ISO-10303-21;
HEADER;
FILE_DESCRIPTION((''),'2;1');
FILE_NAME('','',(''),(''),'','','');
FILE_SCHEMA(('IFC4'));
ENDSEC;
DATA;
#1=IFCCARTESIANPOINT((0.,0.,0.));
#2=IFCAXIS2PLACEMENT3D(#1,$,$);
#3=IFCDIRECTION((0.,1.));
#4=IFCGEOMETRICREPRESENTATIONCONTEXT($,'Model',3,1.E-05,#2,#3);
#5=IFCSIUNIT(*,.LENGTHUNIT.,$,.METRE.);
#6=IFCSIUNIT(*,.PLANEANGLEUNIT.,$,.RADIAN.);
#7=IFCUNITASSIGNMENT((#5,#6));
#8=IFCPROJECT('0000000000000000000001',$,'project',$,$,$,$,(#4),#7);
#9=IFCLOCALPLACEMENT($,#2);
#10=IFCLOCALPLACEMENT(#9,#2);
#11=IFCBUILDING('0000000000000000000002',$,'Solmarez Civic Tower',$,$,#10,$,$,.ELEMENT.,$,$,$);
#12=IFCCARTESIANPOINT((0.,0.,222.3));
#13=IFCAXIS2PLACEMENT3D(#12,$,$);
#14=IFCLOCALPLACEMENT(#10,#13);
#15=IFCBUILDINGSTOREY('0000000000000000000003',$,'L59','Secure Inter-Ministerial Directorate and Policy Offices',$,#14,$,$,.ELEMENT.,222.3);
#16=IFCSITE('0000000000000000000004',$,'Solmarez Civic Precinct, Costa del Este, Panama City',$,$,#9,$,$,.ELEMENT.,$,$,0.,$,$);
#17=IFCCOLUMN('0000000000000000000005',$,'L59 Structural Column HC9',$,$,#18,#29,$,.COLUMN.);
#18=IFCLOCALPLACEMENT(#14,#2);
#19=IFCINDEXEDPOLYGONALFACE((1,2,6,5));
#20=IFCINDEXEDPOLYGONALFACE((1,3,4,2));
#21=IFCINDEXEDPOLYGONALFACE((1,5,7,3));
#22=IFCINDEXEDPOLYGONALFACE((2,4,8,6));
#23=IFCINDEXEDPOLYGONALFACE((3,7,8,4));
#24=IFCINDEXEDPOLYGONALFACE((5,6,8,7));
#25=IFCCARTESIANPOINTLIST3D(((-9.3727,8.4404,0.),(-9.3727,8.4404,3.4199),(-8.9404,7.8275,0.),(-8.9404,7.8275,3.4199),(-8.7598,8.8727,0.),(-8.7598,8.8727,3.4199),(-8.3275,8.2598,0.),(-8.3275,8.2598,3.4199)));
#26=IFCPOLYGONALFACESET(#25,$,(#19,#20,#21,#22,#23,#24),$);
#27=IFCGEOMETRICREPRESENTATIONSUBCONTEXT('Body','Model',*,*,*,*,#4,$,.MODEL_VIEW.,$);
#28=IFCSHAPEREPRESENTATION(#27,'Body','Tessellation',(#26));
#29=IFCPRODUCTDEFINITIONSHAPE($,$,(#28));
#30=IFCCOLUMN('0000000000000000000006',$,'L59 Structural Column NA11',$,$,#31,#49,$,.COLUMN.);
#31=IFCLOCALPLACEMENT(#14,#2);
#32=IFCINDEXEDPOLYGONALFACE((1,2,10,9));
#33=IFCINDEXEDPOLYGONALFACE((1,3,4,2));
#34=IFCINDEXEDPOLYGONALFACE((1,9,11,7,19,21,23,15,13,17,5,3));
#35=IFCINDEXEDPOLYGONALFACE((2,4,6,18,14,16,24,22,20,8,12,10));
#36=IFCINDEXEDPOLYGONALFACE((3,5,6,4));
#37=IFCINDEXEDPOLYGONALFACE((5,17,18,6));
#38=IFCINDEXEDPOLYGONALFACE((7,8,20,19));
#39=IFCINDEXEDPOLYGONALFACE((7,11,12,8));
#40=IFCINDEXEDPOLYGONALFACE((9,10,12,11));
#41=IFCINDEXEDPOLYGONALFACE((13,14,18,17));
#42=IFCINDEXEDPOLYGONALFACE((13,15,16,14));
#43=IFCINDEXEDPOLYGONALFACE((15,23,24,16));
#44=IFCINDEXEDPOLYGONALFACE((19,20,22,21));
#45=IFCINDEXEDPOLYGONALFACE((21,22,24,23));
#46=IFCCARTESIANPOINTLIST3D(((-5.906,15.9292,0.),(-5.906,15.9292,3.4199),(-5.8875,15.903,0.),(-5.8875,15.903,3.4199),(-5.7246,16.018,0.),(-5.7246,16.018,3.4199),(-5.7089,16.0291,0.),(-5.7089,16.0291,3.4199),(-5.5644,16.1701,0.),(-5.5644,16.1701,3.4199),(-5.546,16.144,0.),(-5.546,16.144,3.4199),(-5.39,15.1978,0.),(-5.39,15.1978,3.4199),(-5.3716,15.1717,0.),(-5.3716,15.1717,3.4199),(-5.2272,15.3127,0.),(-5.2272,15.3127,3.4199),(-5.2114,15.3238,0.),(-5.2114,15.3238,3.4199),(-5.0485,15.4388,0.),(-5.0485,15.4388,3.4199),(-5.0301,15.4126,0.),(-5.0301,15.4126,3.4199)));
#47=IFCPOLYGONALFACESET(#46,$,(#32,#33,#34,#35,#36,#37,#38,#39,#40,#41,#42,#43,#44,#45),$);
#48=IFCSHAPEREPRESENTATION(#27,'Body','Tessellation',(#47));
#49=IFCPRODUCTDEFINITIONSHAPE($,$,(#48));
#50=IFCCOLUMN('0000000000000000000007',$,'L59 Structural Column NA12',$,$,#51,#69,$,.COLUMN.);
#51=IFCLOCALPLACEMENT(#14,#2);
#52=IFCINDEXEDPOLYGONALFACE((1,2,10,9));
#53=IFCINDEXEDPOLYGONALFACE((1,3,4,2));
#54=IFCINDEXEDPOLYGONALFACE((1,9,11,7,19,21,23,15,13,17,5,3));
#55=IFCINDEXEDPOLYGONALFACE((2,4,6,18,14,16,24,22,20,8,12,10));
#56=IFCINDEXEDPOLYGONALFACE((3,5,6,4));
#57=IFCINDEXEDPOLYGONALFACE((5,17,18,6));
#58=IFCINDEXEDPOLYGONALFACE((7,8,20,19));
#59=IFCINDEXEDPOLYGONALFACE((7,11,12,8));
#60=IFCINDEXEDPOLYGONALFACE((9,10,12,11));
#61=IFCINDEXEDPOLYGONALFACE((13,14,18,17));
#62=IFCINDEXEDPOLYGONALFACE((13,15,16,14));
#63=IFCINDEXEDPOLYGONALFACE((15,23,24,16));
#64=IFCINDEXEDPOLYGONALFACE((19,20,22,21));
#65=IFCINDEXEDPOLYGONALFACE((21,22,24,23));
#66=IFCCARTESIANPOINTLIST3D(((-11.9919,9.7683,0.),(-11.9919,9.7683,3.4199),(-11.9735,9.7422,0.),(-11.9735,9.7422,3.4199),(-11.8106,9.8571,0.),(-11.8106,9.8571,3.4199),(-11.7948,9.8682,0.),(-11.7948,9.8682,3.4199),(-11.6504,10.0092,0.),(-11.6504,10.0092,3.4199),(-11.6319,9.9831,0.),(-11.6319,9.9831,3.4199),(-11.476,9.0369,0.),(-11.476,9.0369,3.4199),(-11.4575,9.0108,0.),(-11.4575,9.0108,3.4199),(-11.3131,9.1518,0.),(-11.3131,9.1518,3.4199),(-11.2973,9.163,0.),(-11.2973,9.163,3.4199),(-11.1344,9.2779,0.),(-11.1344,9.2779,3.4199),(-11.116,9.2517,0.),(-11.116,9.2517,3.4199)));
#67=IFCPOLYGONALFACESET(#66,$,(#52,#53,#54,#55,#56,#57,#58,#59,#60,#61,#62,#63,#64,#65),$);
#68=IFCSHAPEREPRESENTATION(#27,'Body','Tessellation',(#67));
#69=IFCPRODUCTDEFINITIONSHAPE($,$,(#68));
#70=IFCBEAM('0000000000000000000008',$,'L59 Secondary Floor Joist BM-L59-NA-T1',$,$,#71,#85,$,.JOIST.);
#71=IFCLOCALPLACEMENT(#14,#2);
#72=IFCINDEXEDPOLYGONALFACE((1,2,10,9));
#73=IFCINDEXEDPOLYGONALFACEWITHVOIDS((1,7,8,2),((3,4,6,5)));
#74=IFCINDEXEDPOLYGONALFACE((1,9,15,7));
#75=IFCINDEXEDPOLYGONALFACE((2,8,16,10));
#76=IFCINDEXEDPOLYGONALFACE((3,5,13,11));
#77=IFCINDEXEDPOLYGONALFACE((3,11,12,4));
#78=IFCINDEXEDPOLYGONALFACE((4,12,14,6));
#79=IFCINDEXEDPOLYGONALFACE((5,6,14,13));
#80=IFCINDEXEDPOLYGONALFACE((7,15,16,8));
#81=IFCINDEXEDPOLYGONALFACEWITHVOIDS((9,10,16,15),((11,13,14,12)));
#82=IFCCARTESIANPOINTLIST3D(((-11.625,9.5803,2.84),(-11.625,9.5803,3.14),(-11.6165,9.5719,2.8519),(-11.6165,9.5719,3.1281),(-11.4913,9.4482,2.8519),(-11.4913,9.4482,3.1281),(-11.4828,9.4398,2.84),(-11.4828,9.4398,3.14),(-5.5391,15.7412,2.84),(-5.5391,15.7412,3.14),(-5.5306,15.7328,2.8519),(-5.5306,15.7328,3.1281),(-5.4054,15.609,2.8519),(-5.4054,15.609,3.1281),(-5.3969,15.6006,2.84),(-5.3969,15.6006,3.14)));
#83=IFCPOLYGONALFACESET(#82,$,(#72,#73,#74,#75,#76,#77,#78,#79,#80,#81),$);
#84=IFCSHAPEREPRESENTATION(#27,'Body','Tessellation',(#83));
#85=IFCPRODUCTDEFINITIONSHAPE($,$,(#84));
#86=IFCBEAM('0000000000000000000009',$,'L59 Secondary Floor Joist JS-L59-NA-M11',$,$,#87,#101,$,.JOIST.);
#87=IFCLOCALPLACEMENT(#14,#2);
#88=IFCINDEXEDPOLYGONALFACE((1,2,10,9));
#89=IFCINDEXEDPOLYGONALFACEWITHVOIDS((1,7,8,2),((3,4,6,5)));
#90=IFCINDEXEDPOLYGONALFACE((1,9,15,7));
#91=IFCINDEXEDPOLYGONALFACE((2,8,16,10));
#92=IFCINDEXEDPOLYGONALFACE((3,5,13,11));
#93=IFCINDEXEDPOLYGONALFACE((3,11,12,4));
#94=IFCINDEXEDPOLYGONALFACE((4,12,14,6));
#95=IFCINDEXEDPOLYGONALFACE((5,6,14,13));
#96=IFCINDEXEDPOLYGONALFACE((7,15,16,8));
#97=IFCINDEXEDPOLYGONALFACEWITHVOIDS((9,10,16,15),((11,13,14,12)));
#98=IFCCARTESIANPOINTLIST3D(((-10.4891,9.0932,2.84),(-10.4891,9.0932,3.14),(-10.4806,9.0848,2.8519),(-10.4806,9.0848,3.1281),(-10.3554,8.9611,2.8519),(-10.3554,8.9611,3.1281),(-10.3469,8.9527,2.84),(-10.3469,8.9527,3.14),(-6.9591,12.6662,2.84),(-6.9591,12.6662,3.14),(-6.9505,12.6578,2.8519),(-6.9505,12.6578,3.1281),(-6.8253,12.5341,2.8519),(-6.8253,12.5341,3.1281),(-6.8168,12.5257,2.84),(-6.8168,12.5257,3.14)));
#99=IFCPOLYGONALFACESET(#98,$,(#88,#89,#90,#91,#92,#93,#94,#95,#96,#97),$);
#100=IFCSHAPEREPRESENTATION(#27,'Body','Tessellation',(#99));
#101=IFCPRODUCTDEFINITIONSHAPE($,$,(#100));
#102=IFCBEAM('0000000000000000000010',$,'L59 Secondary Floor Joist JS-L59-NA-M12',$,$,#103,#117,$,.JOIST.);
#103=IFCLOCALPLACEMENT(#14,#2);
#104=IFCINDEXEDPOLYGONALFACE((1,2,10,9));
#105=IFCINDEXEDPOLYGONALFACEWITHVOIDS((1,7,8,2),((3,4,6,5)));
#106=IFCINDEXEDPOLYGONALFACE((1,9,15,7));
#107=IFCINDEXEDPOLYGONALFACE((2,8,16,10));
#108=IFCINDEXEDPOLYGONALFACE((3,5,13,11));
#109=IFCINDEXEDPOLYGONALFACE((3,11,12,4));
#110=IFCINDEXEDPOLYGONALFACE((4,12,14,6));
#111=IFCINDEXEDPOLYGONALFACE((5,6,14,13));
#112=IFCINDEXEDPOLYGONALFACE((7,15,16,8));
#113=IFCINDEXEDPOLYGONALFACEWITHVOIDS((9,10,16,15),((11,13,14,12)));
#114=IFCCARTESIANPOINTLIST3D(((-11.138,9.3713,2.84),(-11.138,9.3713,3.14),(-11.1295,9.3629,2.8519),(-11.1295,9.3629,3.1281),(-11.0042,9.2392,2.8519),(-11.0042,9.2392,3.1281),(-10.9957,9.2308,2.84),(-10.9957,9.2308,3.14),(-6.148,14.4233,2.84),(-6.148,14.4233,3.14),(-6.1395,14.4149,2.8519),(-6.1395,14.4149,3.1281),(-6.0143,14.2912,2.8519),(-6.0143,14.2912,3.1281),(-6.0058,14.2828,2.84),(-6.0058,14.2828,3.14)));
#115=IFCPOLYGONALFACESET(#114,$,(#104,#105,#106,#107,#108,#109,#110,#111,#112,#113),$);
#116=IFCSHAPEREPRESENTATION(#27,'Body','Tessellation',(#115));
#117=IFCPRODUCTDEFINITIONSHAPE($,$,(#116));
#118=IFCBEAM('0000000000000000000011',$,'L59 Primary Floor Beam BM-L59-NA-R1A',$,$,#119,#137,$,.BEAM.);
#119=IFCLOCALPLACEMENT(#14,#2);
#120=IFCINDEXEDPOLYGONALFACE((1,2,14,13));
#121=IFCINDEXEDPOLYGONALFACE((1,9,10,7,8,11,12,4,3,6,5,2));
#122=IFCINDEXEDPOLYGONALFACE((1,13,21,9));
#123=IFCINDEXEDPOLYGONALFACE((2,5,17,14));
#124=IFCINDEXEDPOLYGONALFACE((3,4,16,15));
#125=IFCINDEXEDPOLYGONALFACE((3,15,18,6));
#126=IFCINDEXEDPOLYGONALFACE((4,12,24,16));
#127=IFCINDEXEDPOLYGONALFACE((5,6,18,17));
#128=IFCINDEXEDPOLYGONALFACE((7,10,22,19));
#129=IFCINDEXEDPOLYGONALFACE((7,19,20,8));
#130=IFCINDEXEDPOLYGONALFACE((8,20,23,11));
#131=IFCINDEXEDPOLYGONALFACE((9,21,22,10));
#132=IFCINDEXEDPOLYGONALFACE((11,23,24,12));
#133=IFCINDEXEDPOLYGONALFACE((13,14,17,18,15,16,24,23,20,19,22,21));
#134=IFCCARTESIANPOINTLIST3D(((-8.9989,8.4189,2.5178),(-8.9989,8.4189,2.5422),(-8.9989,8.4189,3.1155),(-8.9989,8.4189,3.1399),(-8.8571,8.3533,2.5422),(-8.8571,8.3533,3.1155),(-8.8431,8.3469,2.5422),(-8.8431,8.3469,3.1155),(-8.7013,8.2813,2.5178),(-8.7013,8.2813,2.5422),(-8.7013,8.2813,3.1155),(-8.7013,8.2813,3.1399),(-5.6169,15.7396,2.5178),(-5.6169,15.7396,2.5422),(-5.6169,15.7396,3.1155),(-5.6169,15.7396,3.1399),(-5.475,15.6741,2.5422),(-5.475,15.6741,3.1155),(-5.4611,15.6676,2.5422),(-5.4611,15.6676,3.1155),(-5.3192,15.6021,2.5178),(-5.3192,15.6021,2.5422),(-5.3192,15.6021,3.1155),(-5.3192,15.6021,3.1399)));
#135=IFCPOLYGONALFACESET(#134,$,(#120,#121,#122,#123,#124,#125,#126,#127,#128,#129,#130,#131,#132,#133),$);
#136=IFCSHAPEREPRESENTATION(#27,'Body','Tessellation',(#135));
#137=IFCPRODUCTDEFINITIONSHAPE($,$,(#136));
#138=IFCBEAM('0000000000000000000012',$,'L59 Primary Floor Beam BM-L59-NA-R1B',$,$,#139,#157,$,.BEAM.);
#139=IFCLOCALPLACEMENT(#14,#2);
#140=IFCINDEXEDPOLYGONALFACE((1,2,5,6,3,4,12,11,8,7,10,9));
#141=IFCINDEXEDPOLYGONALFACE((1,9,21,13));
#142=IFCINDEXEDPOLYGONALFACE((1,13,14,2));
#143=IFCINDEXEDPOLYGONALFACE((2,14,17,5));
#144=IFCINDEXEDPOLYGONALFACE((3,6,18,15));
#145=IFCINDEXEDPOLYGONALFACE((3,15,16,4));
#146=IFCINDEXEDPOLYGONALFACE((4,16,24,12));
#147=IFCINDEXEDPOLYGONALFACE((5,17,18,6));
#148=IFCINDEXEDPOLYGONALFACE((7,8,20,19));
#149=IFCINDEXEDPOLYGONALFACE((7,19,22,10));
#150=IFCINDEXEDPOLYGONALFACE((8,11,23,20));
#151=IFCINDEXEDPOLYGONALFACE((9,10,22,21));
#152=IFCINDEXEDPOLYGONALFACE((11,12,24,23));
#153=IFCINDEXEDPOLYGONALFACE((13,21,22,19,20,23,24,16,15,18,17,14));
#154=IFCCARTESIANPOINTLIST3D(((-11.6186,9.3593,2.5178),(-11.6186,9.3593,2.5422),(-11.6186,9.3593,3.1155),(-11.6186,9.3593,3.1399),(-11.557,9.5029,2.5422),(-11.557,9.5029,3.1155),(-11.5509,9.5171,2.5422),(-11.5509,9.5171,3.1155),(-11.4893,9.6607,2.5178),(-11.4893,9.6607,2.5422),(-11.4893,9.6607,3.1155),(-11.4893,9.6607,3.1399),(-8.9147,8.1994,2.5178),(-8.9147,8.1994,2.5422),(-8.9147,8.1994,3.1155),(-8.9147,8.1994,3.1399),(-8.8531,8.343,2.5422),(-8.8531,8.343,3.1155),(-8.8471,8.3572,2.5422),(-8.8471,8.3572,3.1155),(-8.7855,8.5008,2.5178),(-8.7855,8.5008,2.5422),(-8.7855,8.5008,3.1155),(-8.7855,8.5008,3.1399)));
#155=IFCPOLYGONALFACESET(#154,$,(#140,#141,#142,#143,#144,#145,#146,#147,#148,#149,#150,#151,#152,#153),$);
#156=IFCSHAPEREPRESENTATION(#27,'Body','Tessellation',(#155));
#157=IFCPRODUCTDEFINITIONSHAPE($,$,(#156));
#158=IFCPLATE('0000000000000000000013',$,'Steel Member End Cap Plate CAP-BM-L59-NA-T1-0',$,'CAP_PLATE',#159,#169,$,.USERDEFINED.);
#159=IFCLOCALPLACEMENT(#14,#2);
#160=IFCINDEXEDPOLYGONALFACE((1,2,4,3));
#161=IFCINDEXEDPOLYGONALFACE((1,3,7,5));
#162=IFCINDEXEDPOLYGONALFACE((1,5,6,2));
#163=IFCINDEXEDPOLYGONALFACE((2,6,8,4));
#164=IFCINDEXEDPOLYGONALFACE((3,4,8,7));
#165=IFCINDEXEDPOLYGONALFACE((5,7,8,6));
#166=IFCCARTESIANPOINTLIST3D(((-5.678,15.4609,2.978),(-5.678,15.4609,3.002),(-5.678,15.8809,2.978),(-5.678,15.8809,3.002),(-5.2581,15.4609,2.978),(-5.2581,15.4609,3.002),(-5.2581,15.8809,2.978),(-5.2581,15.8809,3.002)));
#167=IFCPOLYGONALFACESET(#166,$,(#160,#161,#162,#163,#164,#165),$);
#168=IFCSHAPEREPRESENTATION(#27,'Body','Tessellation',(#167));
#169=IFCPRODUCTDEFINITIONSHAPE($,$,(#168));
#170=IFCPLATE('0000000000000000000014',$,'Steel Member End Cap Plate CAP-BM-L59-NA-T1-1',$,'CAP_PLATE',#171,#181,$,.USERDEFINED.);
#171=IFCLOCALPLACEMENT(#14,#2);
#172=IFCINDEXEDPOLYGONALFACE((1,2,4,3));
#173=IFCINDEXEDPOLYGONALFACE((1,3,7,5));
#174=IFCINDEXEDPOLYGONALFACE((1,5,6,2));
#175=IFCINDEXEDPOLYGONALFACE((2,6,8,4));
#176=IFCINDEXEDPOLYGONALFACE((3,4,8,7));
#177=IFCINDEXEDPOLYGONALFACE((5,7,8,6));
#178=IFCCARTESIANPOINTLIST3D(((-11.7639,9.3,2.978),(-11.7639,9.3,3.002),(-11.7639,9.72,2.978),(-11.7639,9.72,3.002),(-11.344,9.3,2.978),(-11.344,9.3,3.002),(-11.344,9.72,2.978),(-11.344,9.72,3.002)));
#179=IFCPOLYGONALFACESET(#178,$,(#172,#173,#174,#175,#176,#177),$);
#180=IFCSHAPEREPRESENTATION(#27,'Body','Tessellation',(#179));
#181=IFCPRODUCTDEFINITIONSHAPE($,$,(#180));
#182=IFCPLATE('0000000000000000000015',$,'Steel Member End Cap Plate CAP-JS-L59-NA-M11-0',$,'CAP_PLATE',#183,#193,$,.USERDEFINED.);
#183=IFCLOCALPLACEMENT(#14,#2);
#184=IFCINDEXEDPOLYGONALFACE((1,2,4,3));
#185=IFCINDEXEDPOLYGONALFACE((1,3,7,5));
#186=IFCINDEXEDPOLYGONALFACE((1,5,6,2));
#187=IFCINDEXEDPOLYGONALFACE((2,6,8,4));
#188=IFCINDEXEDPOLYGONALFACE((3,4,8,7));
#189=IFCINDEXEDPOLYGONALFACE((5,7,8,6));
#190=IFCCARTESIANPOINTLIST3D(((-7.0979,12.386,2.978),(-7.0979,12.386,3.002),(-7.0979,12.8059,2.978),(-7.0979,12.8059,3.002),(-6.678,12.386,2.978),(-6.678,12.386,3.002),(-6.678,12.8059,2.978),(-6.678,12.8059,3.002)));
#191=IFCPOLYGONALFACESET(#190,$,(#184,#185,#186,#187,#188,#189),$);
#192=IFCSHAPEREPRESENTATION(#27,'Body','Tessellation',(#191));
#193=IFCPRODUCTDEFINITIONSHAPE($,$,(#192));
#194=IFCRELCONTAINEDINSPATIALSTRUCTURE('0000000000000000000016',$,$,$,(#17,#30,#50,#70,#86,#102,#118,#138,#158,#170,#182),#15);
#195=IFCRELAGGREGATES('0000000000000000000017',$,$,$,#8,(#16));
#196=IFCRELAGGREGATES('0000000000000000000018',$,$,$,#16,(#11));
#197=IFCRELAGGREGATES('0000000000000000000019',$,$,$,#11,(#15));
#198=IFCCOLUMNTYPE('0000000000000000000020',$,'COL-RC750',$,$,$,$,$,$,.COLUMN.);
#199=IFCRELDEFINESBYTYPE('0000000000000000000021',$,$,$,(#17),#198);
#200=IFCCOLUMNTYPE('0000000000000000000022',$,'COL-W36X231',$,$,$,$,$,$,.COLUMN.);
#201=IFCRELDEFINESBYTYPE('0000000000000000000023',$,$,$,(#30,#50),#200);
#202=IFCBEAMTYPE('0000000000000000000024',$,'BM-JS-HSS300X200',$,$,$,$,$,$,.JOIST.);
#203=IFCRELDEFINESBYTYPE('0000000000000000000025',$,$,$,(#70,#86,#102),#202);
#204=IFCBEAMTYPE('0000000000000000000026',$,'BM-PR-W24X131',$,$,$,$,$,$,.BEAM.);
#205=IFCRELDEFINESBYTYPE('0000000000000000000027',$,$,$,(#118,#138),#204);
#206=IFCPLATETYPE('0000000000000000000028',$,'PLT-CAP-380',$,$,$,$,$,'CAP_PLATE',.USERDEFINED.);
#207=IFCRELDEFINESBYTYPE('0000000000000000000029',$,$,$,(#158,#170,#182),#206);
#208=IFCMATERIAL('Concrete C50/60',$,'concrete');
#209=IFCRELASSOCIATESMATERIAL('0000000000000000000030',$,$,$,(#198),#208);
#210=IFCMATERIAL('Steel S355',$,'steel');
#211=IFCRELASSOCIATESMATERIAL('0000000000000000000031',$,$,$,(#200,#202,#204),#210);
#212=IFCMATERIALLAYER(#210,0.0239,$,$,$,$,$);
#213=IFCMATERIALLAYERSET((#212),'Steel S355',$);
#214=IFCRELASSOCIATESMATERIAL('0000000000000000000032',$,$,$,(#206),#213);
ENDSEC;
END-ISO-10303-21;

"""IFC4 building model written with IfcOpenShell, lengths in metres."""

from ifc_helpers import new_model, si_unit, direction, frame, origin, origin_2d, place, context, subcontext, project, spatial, rectangle, hollow_rectangle, i_section, extrude, material, layer, layer_set, material_profile, profile_set, type_object, element, save


model = new_model("IFC4")

# Units and contexts
model_context = context("Model", 3, precision=1e-05, world=origin(), true_north=direction((0.0, 1.0)))
body_context = subcontext(model_context, "Body", "Model", "MODEL_VIEW")
ifc_project = project(units=[si_unit("LENGTHUNIT", "METRE"), si_unit("PLANEANGLEUNIT", "RADIAN")], contexts=[model_context])

# Site, building, storey
site_placement = place(None, origin())
site = spatial("IfcSite", under=ifc_project, at=site_placement, Name="Solmarez Civic Precinct, Costa del Este, Panama City", CompositionType="ELEMENT", RefElevation=0.0)
building_placement = place(site_placement, origin())
building = spatial("IfcBuilding", under=site, at=building_placement, Name="Solmarez Civic Tower", CompositionType="ELEMENT")
storey_placement = place(building_placement, frame((0.0, 0.0, 222.3)))
storey = spatial("IfcBuildingStorey", under=building, at=storey_placement, Name="L59", Description="Secure Inter-Ministerial Directorate and Policy Offices", CompositionType="ELEMENT", Elevation=222.3)

# Columns
ifc_material_1 = material(Name="Concrete C50/60", Category="concrete")
ifc_material_profile_1 = material_profile(ifc_material_1, rectangle(XDim=0.75, YDim=0.75, at=origin_2d()), Name="RC750X750")
ifc_profile_set_1 = profile_set([ifc_material_profile_1], Name="Concrete C50/60")
column_type_1 = type_object("IfcColumnType", Name="COL-RC750", PredefinedType="COLUMN", material=ifc_profile_set_1)
column_placement = place(storey_placement, frame((-8.8501, 8.3501, 0.0), z_axis=(0.0, 0.0, 1.0), x_axis=(0.817145, 0.576432, 0.0)))
element("IfcColumn", 1, at=column_placement, inside=storey, type_object=column_type_1, Name="L59 Structural Column HC9", PredefinedType="COLUMN", context=body_context, shape_type="SweptSolid", body=[
    extrude(rectangle(XDim=0.75, YDim=0.75, at=origin_2d()), origin(), (0.0, 0.0, 1.0), 3.4199),
])
ifc_material_2 = material(Name="Steel S355", Category="steel")
ifc_material_profile_2 = material_profile(ifc_material_2, i_section(OverallWidth=0.418, OverallDepth=0.927, WebThickness=0.0193, FlangeThickness=0.032, at=origin_2d()), Name="W36X231")
ifc_profile_set_2 = profile_set([ifc_material_profile_2], Name="Steel S355")
column_type_2 = type_object("IfcColumnType", Name="COL-W36X231", PredefinedType="COLUMN", material=ifc_profile_set_2)
for number, where, z_axis, x_axis, name in (
    (2, (-5.468, 15.6709, 0.0), (0.0, 0.0, 1.0), (0.817145, 0.576432, 0.0), "L59 Structural Column NA11"),
    (3, (-11.554, 9.51, 0.0), (0.0, 0.0, 1.0), (0.817145, 0.576432, 0.0), "L59 Structural Column NA12"),
):
    element("IfcColumn", number, at=place(storey_placement, frame(where, z_axis=z_axis, x_axis=x_axis)), inside=storey, type_object=column_type_2, Name=name, PredefinedType="COLUMN", context=body_context, shape_type="SweptSolid", body=[
        extrude(i_section(OverallWidth=0.418, OverallDepth=0.927, WebThickness=0.0193, FlangeThickness=0.032, at=origin_2d()), origin(), (0.0, 0.0, 1.0), 3.4199),
    ])

# Beams
ifc_material_profile_3 = material_profile(ifc_material_2, hollow_rectangle(XDim=0.2, YDim=0.3, WallThickness=0.012, at=origin_2d()), Name="HSS300X200X12")
ifc_profile_set_3 = profile_set([ifc_material_profile_3], Name="Steel S355")
beam_type_1 = type_object("IfcBeamType", Name="BM-JS-HSS300X200", PredefinedType="JOIST", material=ifc_profile_set_3)
beam_1_placement = place(storey_placement, frame((-5.468, 15.6709, 2.99), z_axis=(-0.702766, -0.711421, 0.0), x_axis=(0.711421, -0.702766, 0.0)))
element("IfcBeam", 4, at=beam_1_placement, inside=storey, type_object=beam_type_1, Name="L59 Secondary Floor Joist BM-L59-NA-T1", PredefinedType="JOIST", context=body_context, shape_type="SweptSolid", body=[
    extrude(hollow_rectangle(XDim=0.2, YDim=0.3, WallThickness=0.012, at=origin_2d()), origin(), (0.0, 0.0, 1.0), 8.6599),
])
beam_2_placement = place(storey_placement, frame((-6.8879, 12.5959, 2.99), z_axis=(-0.702816, -0.711371, 0.0), x_axis=(0.711371, -0.702816, 0.0)))
element("IfcBeam", 5, at=beam_2_placement, inside=storey, type_object=beam_type_1, Name="L59 Secondary Floor Joist JS-L59-NA-M11", PredefinedType="JOIST", context=body_context, shape_type="SweptSolid", body=[
    extrude(hollow_rectangle(XDim=0.2, YDim=0.3, WallThickness=0.012, at=origin_2d()), origin(), (0.0, 0.0, 1.0), 5.0227),
])
beam_3_placement = place(storey_placement, frame((-6.0769, 14.353, 2.99), z_axis=(-0.702727, -0.71146, 0.0), x_axis=(0.71146, -0.702727, 0.0)))
element("IfcBeam", 6, at=beam_3_placement, inside=storey, type_object=beam_type_1, Name="L59 Secondary Floor Joist JS-L59-NA-M12", PredefinedType="JOIST", context=body_context, shape_type="SweptSolid", body=[
    extrude(hollow_rectangle(XDim=0.2, YDim=0.3, WallThickness=0.012, at=origin_2d()), origin(), (0.0, 0.0, 1.0), 7.1008),
])
ifc_material_profile_4 = material_profile(ifc_material_2, i_section(OverallWidth=0.3279, OverallDepth=0.6221, WebThickness=0.0154, FlangeThickness=0.0244, at=origin_2d()), Name="W24X131")
ifc_profile_set_4 = profile_set([ifc_material_profile_4], Name="Steel S355")
beam_type_2 = type_object("IfcBeamType", Name="BM-PR-W24X131", PredefinedType="BEAM", material=ifc_profile_set_4)
beam_4_placement = place(storey_placement, frame((-8.8501, 8.3501, 2.8289), z_axis=(0.41939, 0.907806, 0.0), x_axis=(-0.907806, 0.41939, 0.0)))
element("IfcBeam", 7, at=beam_4_placement, inside=storey, type_object=beam_type_2, Name="L59 Primary Floor Beam BM-L59-NA-R1A", PredefinedType="BEAM", context=body_context, shape_type="SweptSolid", body=[
    extrude(i_section(OverallWidth=0.3279, OverallDepth=0.6221, WebThickness=0.0154, FlangeThickness=0.0244, at=origin_2d()), origin(), (0.0, 0.0, 1.0), 8.0642),
])
beam_5_placement = place(storey_placement, frame((-8.8501, 8.3501, 2.8289), z_axis=(-0.919008, 0.39424, 0.0), x_axis=(-0.39424, -0.919008, 0.0)))
element("IfcBeam", 8, at=beam_5_placement, inside=storey, type_object=beam_type_2, Name="L59 Primary Floor Beam BM-L59-NA-R1B", PredefinedType="BEAM", context=body_context, shape_type="SweptSolid", body=[
    extrude(i_section(OverallWidth=0.3279, OverallDepth=0.6221, WebThickness=0.0154, FlangeThickness=0.0244, at=origin_2d()), origin(), (0.0, 0.0, 1.0), 2.9421),
])

# Plates
ifc_layer_1 = layer(ifc_material_2, 0.0239)
ifc_layer_set_1 = layer_set([ifc_layer_1], Name="Steel S355")
plate_type = type_object("IfcPlateType", Name="PLT-CAP-380", ElementType="CAP_PLATE", PredefinedType="USERDEFINED", material=ifc_layer_set_1)
for number, where, z_axis, x_axis, name in (
    (9, (-5.468, 15.6709, 2.978), (0.0, 0.0, 1.0), (1.0, 0.0, 0.0), "Steel Member End Cap Plate CAP-BM-L59-NA-T1-0"),
    (10, (-11.554, 9.51, 2.978), (0.0, 0.0, 1.0), (1.0, 0.0, 0.0), "Steel Member End Cap Plate CAP-BM-L59-NA-T1-1"),
    (11, (-6.8879, 12.5959, 2.978), (0.0, 0.0, 1.0), (1.0, 0.0, 0.0), "Steel Member End Cap Plate CAP-JS-L59-NA-M11-0"),
):
    element("IfcPlate", number, at=place(storey_placement, frame(where, z_axis=z_axis, x_axis=x_axis)), inside=storey, type_object=plate_type, Name=name, ObjectType="CAP_PLATE", PredefinedType="USERDEFINED", context=body_context, shape_type="SweptSolid", body=[
        extrude(rectangle(XDim=0.4199, YDim=0.4199, at=origin_2d()), origin(), (0.0, 0.0, 1.0), 0.0239),
    ])

save(model, "model.ifc")
